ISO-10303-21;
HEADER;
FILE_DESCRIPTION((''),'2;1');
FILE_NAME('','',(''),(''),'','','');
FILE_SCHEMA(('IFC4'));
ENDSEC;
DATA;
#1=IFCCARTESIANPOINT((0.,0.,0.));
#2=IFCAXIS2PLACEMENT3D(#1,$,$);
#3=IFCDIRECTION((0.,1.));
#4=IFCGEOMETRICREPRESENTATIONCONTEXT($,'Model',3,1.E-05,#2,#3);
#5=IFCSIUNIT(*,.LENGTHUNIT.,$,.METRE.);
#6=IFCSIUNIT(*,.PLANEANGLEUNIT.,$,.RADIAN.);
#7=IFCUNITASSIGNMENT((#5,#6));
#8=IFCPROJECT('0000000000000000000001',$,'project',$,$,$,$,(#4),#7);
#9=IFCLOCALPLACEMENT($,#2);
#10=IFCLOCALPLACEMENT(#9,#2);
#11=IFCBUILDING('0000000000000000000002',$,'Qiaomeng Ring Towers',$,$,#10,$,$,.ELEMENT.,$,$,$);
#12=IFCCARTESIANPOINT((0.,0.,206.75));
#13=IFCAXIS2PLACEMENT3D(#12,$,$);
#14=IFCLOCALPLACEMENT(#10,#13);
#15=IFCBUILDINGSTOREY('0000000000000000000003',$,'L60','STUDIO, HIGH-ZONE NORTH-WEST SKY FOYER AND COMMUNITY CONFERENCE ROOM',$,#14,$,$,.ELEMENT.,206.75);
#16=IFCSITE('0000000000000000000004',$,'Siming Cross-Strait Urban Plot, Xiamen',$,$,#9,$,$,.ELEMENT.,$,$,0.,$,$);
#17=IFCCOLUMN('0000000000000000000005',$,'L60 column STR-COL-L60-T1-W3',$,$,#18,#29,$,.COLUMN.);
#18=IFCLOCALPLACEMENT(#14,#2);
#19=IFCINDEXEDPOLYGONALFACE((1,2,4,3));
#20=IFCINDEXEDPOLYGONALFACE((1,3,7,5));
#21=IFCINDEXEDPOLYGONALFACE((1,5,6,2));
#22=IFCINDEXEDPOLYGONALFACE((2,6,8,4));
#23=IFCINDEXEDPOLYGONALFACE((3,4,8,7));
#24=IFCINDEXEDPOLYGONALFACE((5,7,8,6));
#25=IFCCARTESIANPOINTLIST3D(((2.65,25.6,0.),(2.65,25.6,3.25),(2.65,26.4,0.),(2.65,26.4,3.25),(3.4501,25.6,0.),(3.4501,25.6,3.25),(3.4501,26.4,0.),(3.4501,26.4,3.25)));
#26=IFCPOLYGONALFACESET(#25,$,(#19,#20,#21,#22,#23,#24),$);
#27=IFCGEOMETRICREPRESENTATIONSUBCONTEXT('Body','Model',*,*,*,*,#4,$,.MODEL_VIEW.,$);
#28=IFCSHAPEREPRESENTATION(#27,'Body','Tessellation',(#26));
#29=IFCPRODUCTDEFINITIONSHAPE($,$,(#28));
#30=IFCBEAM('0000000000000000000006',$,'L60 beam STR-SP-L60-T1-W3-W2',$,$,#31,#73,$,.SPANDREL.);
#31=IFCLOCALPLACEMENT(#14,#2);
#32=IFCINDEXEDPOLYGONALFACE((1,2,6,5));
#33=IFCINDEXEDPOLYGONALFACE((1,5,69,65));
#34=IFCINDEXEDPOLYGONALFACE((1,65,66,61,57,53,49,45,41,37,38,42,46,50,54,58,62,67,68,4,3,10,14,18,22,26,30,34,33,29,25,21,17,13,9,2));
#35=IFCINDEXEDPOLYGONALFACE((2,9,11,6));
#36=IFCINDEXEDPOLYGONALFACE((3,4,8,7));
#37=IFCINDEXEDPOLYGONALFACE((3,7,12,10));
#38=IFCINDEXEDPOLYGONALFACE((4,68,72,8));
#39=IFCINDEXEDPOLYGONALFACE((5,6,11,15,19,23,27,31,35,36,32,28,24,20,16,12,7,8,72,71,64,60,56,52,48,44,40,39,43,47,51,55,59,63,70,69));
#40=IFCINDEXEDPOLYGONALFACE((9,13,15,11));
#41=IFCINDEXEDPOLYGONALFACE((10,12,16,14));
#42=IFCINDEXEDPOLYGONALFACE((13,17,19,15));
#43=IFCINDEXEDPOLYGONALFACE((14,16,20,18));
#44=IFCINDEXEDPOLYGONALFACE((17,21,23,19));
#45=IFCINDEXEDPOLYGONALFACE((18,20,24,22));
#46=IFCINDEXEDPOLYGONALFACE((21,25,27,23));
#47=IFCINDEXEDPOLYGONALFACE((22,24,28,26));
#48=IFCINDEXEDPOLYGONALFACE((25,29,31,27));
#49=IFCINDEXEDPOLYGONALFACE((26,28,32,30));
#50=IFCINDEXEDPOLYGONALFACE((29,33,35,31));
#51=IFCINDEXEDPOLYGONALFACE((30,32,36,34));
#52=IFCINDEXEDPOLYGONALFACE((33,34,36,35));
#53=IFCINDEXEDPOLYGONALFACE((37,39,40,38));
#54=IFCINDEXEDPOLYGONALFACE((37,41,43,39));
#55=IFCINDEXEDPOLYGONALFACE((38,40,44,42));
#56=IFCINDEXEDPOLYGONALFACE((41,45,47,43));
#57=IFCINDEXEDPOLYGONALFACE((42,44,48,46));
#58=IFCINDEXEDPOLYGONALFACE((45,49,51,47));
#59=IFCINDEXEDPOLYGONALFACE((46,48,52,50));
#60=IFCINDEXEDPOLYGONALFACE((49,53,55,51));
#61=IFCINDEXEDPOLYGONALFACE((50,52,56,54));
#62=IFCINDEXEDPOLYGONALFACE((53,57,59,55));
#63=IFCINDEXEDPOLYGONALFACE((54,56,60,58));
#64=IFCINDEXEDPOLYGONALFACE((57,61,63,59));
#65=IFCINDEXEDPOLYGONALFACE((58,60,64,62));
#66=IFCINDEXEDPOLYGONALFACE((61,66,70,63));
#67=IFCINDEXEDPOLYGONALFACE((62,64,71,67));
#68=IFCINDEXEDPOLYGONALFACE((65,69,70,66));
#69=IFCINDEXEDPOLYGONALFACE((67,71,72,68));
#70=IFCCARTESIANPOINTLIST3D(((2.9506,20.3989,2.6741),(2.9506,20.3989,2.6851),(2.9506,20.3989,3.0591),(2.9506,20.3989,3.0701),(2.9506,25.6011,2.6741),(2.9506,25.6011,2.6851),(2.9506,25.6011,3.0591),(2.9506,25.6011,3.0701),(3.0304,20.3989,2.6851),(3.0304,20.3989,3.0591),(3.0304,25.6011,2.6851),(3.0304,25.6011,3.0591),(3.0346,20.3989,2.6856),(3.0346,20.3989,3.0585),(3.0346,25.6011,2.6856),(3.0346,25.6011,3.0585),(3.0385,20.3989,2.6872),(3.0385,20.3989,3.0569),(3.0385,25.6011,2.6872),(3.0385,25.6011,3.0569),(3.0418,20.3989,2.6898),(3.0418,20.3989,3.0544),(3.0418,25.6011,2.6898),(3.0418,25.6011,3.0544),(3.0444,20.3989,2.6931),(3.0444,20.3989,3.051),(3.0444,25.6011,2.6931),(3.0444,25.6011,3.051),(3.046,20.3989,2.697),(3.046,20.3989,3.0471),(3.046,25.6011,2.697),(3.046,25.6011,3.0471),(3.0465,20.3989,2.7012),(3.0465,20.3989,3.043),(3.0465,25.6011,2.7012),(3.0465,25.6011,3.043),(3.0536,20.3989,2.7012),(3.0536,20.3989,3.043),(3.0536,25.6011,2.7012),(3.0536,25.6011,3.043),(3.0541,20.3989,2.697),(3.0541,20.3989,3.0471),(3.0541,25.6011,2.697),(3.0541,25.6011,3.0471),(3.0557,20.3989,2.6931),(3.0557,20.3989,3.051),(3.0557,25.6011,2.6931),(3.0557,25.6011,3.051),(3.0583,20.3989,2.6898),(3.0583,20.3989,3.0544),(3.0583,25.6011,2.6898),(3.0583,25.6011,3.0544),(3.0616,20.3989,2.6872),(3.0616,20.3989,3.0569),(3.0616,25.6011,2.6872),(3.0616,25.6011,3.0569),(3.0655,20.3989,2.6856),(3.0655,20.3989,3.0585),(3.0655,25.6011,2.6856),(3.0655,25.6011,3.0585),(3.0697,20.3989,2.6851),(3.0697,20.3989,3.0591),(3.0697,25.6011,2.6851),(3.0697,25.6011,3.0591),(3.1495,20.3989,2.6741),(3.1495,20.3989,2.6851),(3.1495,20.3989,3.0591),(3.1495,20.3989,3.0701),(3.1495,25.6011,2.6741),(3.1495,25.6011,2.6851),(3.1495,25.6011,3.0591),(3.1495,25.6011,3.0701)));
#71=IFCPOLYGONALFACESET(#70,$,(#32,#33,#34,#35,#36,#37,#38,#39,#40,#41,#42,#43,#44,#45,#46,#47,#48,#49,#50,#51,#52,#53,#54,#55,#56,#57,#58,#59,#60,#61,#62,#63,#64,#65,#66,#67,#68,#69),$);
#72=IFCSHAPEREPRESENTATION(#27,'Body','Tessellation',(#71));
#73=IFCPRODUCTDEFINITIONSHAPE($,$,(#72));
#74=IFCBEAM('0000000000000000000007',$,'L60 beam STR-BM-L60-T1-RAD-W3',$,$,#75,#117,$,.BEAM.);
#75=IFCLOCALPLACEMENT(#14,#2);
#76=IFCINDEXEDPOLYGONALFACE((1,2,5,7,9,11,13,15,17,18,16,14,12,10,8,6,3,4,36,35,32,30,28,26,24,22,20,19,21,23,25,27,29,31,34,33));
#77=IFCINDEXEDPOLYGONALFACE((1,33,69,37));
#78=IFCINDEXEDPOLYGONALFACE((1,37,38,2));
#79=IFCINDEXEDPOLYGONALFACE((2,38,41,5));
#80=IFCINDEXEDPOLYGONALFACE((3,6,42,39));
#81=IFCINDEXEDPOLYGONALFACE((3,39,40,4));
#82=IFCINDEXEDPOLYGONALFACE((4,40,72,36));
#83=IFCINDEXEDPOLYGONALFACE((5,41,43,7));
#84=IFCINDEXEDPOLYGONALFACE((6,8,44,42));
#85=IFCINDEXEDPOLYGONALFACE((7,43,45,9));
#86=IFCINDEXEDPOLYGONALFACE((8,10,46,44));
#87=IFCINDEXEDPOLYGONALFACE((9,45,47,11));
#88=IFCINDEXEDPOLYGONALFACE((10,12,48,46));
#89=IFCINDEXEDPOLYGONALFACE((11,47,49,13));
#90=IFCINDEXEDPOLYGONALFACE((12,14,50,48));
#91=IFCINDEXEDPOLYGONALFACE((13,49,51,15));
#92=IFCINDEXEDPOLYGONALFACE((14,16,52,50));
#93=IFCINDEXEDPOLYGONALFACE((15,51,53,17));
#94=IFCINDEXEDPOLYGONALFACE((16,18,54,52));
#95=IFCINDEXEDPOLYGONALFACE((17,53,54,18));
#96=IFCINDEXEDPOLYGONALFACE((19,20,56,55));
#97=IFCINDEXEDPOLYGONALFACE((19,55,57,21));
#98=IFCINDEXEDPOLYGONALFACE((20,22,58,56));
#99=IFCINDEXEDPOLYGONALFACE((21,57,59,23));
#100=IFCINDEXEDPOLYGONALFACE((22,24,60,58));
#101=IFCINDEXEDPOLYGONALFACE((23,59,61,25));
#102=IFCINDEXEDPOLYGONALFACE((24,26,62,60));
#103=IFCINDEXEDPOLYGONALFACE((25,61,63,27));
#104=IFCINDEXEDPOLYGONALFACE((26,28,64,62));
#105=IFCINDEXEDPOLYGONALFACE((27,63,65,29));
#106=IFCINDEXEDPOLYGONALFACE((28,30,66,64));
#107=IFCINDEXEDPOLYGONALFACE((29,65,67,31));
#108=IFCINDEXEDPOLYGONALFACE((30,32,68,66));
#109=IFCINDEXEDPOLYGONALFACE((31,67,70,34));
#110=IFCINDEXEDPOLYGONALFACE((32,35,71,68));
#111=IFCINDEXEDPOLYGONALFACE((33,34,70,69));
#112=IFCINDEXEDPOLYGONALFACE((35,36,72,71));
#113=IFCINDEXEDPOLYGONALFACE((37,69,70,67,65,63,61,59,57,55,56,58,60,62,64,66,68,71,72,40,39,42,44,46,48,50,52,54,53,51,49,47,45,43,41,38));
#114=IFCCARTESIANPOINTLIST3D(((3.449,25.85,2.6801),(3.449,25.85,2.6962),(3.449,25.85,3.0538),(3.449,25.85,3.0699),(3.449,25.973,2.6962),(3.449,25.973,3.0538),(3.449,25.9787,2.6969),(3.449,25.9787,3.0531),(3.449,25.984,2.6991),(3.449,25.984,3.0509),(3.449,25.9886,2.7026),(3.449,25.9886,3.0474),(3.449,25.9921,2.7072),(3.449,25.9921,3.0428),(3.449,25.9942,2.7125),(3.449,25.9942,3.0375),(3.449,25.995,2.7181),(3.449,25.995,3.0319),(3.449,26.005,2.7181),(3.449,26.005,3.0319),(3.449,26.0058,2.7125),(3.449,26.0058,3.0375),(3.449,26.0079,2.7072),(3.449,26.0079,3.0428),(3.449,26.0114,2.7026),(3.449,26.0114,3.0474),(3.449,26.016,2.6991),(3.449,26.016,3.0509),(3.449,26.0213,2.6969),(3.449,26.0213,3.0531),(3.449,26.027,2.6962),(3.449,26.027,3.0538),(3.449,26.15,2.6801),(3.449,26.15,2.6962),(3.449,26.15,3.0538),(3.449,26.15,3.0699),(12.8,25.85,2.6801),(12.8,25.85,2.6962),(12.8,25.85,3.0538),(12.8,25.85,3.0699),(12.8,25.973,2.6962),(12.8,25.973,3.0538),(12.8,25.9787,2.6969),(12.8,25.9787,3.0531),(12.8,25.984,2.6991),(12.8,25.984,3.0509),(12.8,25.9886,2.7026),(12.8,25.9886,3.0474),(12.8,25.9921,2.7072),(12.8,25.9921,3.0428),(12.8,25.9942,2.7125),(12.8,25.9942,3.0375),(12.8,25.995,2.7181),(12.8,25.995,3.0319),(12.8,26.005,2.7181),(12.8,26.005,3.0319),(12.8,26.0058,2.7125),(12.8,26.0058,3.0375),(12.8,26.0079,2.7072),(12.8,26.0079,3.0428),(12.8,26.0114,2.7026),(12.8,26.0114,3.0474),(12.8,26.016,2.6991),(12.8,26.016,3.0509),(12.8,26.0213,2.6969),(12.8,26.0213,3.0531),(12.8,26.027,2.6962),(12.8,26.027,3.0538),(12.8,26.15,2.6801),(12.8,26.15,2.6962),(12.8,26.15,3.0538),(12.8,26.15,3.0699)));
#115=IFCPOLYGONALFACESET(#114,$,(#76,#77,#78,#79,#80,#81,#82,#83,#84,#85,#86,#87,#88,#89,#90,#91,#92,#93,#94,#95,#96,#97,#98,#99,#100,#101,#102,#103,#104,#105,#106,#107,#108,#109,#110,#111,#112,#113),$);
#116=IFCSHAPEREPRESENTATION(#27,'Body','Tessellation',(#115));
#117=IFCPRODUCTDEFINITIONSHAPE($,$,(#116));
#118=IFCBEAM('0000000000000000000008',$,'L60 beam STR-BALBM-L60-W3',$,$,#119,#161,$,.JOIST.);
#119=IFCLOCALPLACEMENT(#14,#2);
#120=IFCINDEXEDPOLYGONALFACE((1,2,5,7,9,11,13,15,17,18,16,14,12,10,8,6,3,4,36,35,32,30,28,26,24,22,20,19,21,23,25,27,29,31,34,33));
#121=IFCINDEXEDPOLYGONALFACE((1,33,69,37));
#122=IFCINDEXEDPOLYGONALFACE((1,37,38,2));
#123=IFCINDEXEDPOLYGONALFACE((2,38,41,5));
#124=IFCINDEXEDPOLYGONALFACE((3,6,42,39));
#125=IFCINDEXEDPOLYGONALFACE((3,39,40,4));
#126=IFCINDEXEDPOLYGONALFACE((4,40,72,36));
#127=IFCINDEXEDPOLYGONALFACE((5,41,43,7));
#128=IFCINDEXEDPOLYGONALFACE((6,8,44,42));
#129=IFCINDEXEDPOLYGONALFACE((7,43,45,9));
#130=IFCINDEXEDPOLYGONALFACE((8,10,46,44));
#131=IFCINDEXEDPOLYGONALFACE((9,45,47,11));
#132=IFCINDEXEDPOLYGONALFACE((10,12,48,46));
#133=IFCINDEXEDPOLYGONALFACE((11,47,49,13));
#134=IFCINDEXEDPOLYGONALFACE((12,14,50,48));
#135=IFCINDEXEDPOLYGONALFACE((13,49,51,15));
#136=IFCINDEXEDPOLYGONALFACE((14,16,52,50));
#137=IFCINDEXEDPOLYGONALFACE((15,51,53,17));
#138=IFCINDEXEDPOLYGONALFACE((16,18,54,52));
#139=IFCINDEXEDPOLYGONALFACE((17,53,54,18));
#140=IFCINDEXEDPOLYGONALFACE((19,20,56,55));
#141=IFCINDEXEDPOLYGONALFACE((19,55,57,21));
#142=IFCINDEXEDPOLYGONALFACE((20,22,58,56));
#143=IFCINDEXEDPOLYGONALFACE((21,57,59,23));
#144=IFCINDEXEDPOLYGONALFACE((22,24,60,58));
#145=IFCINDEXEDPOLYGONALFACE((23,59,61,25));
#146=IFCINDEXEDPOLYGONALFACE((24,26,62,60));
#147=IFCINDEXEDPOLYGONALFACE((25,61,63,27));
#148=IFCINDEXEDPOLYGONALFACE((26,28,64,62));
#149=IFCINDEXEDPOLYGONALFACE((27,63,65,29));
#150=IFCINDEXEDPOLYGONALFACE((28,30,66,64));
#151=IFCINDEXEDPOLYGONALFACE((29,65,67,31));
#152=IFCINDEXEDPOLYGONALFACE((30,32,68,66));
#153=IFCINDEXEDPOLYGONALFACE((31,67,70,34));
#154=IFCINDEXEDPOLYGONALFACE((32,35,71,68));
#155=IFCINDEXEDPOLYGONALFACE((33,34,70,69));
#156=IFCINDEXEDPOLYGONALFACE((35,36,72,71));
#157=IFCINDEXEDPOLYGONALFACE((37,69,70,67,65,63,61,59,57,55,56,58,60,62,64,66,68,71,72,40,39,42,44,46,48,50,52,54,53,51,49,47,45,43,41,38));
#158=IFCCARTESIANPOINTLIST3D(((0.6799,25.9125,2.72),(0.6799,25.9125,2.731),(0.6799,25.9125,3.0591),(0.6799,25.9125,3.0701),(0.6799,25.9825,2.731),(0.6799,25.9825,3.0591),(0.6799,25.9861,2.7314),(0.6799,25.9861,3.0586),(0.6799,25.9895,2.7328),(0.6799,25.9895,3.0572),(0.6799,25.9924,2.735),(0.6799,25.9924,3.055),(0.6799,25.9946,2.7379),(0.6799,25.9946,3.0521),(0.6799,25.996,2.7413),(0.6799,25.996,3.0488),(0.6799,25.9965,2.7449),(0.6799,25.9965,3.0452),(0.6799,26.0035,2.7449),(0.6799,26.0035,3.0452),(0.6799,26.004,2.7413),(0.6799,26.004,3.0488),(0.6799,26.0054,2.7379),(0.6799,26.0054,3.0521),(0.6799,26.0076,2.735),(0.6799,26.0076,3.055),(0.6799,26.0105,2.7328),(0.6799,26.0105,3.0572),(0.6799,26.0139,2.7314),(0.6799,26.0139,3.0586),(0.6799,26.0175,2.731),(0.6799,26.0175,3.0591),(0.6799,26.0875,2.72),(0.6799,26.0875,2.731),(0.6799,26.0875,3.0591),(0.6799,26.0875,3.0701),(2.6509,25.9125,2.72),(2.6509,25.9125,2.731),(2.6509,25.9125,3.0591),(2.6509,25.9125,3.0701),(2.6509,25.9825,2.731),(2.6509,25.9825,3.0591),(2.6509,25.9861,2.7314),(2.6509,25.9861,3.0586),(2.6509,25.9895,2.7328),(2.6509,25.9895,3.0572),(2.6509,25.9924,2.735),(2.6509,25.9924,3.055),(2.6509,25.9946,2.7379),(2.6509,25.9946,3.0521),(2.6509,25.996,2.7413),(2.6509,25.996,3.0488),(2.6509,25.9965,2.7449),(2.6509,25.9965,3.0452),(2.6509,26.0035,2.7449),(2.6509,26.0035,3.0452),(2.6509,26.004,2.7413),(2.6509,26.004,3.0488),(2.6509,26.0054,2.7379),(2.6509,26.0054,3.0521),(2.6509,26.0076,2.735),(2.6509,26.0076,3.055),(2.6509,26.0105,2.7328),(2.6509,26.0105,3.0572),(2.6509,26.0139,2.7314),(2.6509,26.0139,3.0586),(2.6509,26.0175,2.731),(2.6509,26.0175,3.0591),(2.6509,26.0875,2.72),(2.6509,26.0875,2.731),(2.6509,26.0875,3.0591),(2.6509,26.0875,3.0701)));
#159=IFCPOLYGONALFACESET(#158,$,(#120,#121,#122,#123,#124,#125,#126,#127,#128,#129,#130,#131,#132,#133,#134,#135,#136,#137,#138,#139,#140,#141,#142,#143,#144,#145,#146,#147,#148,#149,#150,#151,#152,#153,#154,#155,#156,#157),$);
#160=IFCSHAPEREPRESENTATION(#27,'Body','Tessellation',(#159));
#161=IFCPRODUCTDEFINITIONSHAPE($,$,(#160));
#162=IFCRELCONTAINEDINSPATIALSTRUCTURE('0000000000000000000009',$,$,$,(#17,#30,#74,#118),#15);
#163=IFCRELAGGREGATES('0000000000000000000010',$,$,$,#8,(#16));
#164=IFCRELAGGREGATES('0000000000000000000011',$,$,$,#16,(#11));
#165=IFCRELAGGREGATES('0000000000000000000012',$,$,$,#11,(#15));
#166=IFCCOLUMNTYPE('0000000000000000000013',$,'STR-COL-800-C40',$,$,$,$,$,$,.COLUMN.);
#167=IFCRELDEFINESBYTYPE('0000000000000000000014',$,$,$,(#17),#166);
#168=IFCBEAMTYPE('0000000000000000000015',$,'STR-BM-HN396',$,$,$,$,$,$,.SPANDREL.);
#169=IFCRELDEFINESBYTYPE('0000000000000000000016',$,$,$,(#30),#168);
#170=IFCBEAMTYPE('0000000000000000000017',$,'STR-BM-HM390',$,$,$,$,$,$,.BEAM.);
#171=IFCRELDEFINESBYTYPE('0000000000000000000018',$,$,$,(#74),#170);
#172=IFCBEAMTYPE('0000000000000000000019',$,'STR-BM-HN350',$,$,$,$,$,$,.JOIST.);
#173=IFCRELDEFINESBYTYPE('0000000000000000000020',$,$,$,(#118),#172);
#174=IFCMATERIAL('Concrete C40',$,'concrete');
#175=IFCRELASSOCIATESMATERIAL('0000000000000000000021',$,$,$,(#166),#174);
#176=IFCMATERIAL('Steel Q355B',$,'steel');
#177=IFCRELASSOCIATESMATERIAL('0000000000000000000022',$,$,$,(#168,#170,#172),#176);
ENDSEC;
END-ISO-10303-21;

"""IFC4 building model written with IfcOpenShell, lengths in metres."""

from ifc_helpers import new_model, si_unit, direction, frame, origin, origin_2d, place, context, subcontext, project, spatial, rectangle, i_section, extrude, source, transform, mapped, material, material_profile, profile_set, type_object, element, save


model = new_model("IFC4")

# Units and contexts
model_context = context("Model", 3, precision=1e-05, world=origin(), true_north=direction((0.0, 1.0)))
body_context = subcontext(model_context, "Body", "Model", "MODEL_VIEW")
ifc_project = project(units=[si_unit("LENGTHUNIT", "METRE"), si_unit("PLANEANGLEUNIT", "RADIAN")], contexts=[model_context])

# Site, building, storey
site_placement = place(None, origin())
site = spatial("IfcSite", under=ifc_project, at=site_placement, Name="Siming Cross-Strait Urban Plot, Xiamen", CompositionType="ELEMENT", RefElevation=0.0)
building_placement = place(site_placement, origin())
building = spatial("IfcBuilding", under=site, at=building_placement, Name="Qiaomeng Ring Towers", CompositionType="ELEMENT")
storey_placement = place(building_placement, frame((0.0, 0.0, 206.75)))
storey = spatial("IfcBuildingStorey", under=building, at=storey_placement, Name="L60", Description="STUDIO, HIGH-ZONE NORTH-WEST SKY FOYER AND COMMUNITY CONFERENCE ROOM", CompositionType="ELEMENT", Elevation=206.75)

# Column
ifc_material_1 = material(Name="Concrete C40", Category="concrete")
ifc_material_profile_1 = material_profile(ifc_material_1, rectangle(XDim=0.8, YDim=0.8, at=origin_2d()), Name="RC COL 800x800")
ifc_profile_set_1 = profile_set([ifc_material_profile_1], Name="Concrete C40")
column_type = type_object("IfcColumnType", Name="STR-COL-800-C40", PredefinedType="COLUMN", material=ifc_profile_set_1)
shared_shape_1 = source(origin(), body_context, "Body", "SweptSolid", [
    extrude(rectangle(XDim=0.8, YDim=0.8, at=origin_2d()), origin(), (0.0, 0.0, 1.0), 3.25),
])
column_placement = place(storey_placement, frame((3.05, 26.0, 0.0), z_axis=(0.0, 0.0, 1.0), x_axis=(1.0, 0.0, 0.0)))
element("IfcColumn", 1, at=column_placement, inside=storey, type_object=column_type, Name="L60 column STR-COL-L60-T1-W3", PredefinedType="COLUMN", context=body_context, shape_type="MappedRepresentation", body=[
    mapped(shared_shape_1, transform((0.0, 0.0, 0.0), x_axis=(1.0, 0.0, 0.0), y_axis=(0.0, 1.0, 0.0), z_axis=(0.0, 0.0, 1.0), scale=1.0)),
])

# Beams
ifc_material_2 = material(Name="Steel Q355B", Category="steel")
ifc_material_profile_2 = material_profile(ifc_material_2, i_section(OverallWidth=0.199, OverallDepth=0.396, WebThickness=0.0071, FlangeThickness=0.011, FilletRadius=0.0161, at=origin_2d()), Name="HN 396x199x7x11")
ifc_profile_set_2 = profile_set([ifc_material_profile_2], Name="Steel Q355B")
beam_type_1 = type_object("IfcBeamType", Name="STR-BM-HN396", PredefinedType="SPANDREL", material=ifc_profile_set_2)
shared_shape_2 = source(origin(), body_context, "Body", "SweptSolid", [
    extrude(i_section(OverallWidth=0.199, OverallDepth=0.396, WebThickness=0.0071, FlangeThickness=0.011, FilletRadius=0.0161, at=origin_2d()), origin(), (0.0, 0.0, 1.0), 5.2021),
])
beam_1_placement = place(storey_placement, frame((3.05, 25.6011, 2.8721), z_axis=(0.0, -1.0, 0.0), x_axis=(1.0, 0.0, 0.0)))
element("IfcBeam", 2, at=beam_1_placement, inside=storey, type_object=beam_type_1, Name="L60 beam STR-SP-L60-T1-W3-W2", PredefinedType="SPANDREL", context=body_context, shape_type="MappedRepresentation", body=[
    mapped(shared_shape_2, transform((0.0, 0.0, 0.0), x_axis=(1.0, 0.0, 0.0), y_axis=(0.0, 1.0, 0.0), z_axis=(0.0, 0.0, 1.0), scale=1.0)),
])
ifc_material_profile_3 = material_profile(ifc_material_2, i_section(OverallWidth=0.3, OverallDepth=0.3899, WebThickness=0.01, FlangeThickness=0.0161, FilletRadius=0.022, at=origin_2d()), Name="HM 390x300x10x16")
ifc_profile_set_3 = profile_set([ifc_material_profile_3], Name="Steel Q355B")
beam_type_2 = type_object("IfcBeamType", Name="STR-BM-HM390", PredefinedType="BEAM", material=ifc_profile_set_3)
shared_shape_3 = source(origin(), body_context, "Body", "SweptSolid", [
    extrude(i_section(OverallWidth=0.3, OverallDepth=0.3899, WebThickness=0.01, FlangeThickness=0.0161, FilletRadius=0.022, at=origin_2d()), origin(), (0.0, 0.0, 1.0), 9.3511),
])
beam_2_placement = place(storey_placement, frame((3.449, 26.0, 2.875), z_axis=(1.0, 0.0, 0.0), x_axis=(0.0, 1.0, 0.0)))
element("IfcBeam", 3, at=beam_2_placement, inside=storey, type_object=beam_type_2, Name="L60 beam STR-BM-L60-T1-RAD-W3", PredefinedType="BEAM", context=body_context, shape_type="MappedRepresentation", body=[
    mapped(shared_shape_3, transform((0.0, 0.0, 0.0), x_axis=(1.0, 0.0, 0.0), y_axis=(0.0, 1.0, 0.0), z_axis=(0.0, 0.0, 1.0), scale=1.0)),
])
ifc_material_profile_4 = material_profile(ifc_material_2, i_section(OverallWidth=0.175, OverallDepth=0.3501, WebThickness=0.0071, FlangeThickness=0.011, FilletRadius=0.0139, at=origin_2d()), Name="HN 350x175x7x11")
ifc_profile_set_4 = profile_set([ifc_material_profile_4], Name="Steel Q355B")
beam_type_3 = type_object("IfcBeamType", Name="STR-BM-HN350", PredefinedType="JOIST", material=ifc_profile_set_4)
shared_shape_4 = source(origin(), body_context, "Body", "SweptSolid", [
    extrude(i_section(OverallWidth=0.175, OverallDepth=0.3501, WebThickness=0.0071, FlangeThickness=0.011, FilletRadius=0.0139, at=origin_2d()), origin(), (0.0, 0.0, 1.0), 1.9709),
])
beam_3_placement = place(storey_placement, frame((0.6799, 26.0, 2.895), z_axis=(1.0, 0.0, 0.0), x_axis=(0.0, 1.0, 0.0)))
element("IfcBeam", 4, at=beam_3_placement, inside=storey, type_object=beam_type_3, Name="L60 beam STR-BALBM-L60-W3", PredefinedType="JOIST", context=body_context, shape_type="MappedRepresentation", body=[
    mapped(shared_shape_4, transform((0.0, 0.0, 0.0), x_axis=(1.0, 0.0, 0.0), y_axis=(0.0, 1.0, 0.0), z_axis=(0.0, 0.0, 1.0), scale=1.0)),
])

save(model, "model.ifc")
